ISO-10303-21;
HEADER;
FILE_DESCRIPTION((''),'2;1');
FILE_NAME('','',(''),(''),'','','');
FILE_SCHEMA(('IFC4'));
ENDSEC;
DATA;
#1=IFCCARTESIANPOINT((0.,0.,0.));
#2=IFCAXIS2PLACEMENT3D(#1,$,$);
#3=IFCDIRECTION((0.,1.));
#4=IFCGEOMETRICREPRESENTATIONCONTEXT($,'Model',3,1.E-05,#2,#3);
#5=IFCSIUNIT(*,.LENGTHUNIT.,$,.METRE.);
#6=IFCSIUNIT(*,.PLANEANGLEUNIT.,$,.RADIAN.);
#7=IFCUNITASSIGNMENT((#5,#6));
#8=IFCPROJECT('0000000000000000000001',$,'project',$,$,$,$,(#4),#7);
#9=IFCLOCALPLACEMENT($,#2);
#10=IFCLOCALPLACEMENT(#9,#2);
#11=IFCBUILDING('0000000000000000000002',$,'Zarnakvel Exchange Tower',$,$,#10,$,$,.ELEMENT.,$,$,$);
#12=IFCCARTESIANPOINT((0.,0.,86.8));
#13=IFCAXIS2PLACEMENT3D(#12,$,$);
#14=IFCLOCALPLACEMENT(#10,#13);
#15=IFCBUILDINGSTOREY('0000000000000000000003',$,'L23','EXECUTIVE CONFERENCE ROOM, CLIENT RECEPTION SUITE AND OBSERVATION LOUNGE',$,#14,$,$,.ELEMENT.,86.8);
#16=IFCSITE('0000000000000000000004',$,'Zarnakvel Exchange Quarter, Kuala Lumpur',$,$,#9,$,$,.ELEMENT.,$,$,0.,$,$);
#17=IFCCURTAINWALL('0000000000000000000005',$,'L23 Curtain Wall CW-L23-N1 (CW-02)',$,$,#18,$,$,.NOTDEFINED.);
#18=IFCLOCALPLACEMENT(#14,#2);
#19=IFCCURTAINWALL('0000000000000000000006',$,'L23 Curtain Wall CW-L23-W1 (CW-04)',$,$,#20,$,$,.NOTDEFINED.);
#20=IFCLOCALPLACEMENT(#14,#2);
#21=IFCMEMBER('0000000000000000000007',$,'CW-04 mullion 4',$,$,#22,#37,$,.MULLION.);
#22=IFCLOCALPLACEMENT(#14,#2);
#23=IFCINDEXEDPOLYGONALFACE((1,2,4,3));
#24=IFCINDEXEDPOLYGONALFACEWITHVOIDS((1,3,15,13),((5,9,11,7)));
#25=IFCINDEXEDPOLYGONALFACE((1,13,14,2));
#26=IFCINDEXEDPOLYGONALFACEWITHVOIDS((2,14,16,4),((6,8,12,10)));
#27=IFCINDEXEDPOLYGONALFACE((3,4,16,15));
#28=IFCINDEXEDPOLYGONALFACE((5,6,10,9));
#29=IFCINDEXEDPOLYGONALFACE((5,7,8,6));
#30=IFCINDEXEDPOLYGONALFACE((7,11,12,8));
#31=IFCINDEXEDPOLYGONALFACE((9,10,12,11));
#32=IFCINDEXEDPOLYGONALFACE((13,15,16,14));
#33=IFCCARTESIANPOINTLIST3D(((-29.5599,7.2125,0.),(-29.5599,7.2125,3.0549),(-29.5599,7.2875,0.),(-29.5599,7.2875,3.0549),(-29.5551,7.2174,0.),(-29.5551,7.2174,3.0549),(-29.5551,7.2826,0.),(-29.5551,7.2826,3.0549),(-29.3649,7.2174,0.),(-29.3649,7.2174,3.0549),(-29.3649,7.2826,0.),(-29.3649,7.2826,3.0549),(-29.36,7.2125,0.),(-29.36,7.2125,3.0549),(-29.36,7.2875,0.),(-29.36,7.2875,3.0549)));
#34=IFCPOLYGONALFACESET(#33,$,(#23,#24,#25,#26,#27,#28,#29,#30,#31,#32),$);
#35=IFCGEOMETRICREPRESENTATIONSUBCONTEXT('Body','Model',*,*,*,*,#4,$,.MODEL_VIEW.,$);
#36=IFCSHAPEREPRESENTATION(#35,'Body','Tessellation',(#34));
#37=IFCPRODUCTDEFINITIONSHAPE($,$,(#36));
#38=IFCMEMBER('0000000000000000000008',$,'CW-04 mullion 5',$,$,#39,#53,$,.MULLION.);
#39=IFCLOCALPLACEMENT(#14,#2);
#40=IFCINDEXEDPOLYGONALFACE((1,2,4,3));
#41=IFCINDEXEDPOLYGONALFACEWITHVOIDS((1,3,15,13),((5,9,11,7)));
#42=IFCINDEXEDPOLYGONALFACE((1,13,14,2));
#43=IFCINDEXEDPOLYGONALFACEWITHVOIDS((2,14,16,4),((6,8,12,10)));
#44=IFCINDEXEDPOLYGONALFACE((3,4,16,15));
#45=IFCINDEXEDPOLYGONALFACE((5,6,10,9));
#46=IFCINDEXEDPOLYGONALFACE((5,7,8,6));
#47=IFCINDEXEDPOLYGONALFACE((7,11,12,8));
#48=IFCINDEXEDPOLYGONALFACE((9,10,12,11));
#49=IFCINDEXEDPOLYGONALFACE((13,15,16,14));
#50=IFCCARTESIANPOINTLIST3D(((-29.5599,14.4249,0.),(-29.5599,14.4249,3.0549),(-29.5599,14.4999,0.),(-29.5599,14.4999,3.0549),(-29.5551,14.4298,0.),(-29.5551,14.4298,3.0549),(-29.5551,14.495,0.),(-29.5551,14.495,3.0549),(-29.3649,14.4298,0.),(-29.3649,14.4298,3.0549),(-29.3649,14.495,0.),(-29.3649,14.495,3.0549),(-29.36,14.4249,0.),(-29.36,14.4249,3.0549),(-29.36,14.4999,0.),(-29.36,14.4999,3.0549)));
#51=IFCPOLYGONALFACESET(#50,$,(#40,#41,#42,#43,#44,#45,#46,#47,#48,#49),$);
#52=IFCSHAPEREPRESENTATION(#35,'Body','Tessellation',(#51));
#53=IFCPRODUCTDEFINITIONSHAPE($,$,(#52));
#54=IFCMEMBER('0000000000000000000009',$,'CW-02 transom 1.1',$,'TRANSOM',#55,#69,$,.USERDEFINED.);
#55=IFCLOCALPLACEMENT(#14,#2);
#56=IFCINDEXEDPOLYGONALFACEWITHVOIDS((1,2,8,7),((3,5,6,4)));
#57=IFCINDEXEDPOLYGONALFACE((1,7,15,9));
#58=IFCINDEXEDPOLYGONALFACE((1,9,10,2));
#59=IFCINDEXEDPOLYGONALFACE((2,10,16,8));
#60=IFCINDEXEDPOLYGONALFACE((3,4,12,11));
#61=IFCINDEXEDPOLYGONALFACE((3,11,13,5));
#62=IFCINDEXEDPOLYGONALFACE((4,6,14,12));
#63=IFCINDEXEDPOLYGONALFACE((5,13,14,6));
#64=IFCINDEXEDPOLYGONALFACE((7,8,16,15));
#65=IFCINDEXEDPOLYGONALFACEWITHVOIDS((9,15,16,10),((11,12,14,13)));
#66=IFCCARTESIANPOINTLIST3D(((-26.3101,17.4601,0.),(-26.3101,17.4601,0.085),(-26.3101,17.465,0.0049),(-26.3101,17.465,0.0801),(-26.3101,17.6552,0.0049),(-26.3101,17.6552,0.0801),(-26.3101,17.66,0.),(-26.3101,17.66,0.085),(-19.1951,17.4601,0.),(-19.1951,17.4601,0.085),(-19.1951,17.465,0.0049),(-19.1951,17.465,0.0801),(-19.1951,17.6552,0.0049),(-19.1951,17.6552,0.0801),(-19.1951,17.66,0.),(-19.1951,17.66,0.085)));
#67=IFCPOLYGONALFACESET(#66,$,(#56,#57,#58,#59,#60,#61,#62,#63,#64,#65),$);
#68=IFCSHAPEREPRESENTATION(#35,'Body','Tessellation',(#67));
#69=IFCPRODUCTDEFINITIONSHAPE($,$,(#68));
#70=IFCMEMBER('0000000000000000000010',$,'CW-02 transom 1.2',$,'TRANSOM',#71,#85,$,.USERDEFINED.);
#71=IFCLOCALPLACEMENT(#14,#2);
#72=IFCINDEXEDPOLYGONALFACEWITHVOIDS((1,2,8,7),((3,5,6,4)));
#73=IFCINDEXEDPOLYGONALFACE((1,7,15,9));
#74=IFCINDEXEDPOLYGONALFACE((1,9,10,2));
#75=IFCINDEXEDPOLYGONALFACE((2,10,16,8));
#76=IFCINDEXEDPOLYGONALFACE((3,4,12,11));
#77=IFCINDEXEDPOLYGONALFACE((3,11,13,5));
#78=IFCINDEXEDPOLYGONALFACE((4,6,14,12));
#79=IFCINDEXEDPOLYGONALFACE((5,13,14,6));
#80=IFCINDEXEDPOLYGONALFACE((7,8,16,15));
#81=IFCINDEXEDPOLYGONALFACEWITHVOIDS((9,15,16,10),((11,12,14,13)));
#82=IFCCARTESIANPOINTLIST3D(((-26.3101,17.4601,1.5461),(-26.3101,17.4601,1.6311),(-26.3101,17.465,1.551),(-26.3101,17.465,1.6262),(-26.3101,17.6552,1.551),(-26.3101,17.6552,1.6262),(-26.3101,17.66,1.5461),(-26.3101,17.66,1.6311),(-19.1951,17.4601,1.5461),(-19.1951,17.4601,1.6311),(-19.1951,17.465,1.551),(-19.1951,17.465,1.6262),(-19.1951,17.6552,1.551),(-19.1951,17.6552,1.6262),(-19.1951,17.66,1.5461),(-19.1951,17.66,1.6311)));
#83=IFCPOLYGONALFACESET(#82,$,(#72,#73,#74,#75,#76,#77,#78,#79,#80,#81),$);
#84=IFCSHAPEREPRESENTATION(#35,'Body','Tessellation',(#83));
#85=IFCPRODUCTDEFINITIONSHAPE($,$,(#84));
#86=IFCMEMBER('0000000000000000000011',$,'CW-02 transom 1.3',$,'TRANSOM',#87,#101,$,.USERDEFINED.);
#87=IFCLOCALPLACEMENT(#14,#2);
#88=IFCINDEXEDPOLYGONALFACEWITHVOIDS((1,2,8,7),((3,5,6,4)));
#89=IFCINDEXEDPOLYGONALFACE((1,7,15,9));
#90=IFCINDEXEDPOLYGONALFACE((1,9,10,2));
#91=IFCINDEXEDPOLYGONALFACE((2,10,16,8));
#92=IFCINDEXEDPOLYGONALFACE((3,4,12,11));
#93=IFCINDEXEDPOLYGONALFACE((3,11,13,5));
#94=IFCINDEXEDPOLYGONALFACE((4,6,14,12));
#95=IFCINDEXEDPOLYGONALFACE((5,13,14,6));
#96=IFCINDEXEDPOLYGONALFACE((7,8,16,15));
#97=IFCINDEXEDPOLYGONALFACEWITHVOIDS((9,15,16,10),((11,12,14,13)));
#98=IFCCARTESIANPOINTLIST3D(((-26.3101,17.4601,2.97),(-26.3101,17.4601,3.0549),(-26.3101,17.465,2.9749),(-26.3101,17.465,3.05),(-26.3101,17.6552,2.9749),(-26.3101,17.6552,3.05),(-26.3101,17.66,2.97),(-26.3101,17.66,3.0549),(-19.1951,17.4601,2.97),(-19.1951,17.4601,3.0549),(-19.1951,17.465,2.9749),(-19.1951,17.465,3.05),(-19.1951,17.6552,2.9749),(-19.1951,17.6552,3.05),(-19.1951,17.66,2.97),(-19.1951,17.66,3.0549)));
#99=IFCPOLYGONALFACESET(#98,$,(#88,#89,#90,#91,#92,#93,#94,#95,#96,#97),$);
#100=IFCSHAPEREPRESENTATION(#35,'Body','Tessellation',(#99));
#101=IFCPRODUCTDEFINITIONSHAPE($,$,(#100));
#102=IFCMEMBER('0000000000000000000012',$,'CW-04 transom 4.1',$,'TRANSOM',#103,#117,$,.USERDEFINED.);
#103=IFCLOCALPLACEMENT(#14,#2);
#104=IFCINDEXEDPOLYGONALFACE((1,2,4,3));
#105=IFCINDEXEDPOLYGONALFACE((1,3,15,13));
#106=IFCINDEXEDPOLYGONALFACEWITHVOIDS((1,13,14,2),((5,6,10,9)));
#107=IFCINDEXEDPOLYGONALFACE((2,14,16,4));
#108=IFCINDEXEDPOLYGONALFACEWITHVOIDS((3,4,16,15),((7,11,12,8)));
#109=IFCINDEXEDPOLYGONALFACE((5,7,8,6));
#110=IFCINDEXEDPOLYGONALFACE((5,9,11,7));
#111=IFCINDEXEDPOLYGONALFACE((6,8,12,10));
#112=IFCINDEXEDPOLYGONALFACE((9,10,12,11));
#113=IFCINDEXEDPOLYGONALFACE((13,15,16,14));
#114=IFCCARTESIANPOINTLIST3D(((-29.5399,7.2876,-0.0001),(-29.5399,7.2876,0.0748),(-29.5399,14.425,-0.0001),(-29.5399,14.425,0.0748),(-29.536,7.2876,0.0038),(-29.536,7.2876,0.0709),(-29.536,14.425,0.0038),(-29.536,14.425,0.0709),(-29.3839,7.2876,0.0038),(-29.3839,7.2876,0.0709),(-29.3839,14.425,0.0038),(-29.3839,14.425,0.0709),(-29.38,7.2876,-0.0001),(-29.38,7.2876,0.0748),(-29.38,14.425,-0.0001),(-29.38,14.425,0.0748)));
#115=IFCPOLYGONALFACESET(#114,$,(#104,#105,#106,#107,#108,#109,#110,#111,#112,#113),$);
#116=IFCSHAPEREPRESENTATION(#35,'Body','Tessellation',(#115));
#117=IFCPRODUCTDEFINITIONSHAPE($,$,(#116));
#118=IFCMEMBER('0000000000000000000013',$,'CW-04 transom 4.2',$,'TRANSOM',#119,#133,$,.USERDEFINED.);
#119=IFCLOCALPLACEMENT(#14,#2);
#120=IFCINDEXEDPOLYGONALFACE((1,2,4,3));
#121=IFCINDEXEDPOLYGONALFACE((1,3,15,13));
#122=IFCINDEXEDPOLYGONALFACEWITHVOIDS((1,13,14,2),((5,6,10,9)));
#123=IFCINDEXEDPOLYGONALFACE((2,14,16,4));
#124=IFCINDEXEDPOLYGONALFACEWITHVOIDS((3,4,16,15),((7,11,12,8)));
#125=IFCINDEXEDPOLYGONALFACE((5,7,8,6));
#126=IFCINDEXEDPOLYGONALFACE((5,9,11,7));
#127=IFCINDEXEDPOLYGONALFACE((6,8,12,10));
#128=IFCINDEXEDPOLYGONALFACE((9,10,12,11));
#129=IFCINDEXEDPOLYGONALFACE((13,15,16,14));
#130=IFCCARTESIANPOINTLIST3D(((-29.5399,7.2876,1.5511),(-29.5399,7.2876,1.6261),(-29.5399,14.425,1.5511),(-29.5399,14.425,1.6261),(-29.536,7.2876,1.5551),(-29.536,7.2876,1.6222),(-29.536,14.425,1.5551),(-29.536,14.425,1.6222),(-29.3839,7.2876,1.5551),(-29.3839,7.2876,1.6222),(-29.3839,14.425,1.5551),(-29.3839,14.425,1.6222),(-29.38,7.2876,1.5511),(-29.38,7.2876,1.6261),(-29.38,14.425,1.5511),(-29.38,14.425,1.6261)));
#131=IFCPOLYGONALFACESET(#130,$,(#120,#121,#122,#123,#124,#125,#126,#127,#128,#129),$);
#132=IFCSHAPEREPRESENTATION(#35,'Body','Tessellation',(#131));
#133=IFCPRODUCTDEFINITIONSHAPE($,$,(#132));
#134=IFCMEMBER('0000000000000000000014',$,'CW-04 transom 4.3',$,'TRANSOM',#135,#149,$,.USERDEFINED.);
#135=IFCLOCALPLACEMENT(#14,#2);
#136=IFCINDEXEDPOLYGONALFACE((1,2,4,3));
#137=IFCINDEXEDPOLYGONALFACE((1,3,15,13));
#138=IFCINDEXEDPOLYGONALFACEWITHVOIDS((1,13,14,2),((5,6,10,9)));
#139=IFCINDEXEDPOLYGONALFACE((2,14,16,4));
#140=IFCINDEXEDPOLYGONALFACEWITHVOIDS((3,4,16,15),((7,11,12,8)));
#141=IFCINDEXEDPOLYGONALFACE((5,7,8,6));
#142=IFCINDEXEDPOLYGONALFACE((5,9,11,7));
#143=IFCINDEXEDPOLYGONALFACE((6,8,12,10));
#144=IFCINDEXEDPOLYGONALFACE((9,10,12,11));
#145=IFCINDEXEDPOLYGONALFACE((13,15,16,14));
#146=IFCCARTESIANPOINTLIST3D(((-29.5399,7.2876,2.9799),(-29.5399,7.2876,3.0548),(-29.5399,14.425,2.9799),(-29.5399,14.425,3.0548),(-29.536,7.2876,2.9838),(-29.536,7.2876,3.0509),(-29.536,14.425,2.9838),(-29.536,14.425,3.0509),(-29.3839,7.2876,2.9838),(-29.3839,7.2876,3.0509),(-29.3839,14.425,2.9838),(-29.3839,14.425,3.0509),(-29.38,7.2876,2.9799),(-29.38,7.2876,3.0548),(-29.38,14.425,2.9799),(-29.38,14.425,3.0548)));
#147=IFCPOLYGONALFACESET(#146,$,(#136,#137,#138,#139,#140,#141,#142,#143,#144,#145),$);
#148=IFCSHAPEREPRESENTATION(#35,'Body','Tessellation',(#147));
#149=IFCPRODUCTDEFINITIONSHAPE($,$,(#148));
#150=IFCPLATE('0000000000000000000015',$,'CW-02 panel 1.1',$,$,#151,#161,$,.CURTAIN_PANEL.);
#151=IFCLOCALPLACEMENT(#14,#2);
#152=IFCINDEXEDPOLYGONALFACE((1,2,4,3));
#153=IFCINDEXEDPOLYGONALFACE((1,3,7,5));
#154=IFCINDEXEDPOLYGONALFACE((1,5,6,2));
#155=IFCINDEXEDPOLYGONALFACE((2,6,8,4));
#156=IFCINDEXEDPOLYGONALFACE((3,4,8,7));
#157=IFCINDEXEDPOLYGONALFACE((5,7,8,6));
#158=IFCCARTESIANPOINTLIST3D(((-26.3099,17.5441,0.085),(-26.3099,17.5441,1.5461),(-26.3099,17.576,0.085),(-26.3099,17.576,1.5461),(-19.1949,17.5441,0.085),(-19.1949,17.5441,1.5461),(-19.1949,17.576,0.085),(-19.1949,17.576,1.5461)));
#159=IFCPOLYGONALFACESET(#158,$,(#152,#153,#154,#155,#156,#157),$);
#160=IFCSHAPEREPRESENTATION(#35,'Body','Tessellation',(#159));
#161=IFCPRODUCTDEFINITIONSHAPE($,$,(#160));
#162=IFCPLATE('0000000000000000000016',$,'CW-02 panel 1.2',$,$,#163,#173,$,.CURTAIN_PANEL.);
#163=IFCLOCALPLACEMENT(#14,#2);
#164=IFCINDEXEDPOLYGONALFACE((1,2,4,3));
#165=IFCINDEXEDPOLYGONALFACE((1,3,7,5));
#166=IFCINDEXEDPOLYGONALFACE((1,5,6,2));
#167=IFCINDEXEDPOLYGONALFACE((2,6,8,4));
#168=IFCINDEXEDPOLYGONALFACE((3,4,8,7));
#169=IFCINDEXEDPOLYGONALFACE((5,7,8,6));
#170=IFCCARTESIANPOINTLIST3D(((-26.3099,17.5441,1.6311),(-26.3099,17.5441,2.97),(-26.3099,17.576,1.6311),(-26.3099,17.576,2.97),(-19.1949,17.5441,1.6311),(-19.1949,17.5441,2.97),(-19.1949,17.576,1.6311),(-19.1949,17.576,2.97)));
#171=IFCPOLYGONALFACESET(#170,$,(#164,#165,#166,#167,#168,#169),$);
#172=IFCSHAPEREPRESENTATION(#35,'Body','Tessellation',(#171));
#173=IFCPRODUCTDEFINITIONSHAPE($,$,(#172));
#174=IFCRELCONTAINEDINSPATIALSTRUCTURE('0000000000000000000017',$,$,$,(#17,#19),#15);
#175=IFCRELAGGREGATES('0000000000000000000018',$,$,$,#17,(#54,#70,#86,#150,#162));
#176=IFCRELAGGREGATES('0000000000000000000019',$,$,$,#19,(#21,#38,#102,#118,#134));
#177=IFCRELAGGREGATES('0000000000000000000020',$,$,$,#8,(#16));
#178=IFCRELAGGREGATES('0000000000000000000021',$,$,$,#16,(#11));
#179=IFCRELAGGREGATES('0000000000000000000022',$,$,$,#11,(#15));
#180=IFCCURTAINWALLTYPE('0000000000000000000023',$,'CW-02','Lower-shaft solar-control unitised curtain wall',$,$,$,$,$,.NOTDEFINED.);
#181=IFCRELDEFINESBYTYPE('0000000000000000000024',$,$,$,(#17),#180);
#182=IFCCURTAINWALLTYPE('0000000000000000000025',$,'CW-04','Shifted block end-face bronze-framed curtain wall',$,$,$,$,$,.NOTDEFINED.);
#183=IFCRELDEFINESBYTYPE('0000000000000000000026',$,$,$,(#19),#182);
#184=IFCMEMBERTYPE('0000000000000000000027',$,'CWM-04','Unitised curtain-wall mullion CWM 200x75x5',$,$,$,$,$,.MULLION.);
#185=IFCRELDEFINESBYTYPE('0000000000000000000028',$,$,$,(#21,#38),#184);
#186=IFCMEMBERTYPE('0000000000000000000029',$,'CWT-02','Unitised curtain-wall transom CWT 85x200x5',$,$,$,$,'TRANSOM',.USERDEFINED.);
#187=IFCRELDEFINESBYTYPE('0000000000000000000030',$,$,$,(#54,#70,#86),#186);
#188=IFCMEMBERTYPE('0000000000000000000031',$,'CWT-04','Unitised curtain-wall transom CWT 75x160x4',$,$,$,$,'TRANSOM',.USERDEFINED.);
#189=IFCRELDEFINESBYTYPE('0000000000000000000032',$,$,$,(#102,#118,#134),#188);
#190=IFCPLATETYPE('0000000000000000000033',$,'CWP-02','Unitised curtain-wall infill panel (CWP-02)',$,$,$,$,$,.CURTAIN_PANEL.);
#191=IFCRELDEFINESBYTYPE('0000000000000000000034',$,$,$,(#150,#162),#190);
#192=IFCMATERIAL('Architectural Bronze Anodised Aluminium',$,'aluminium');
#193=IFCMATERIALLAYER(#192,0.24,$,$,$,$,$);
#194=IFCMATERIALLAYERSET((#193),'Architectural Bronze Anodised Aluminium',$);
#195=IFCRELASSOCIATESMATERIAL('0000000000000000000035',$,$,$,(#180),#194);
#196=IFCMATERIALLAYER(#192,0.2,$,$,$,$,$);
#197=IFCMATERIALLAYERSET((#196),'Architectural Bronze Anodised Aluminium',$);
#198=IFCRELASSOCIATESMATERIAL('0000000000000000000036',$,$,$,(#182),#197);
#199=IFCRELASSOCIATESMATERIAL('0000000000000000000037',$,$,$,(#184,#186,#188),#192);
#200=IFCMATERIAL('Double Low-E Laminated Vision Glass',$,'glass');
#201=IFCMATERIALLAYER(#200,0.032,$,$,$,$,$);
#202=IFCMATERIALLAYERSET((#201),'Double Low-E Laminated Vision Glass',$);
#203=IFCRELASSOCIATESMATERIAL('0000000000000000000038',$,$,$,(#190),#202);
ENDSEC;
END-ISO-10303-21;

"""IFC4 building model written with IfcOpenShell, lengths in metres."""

from ifc_helpers import new_model, si_unit, direction, frame, origin, origin_2d, place, context, subcontext, project, spatial, rectangle, hollow_rectangle, extrude, source, transform, mapped, material, layer, layer_set, material_profile, profile_set, type_object, element, aggregate, save


model = new_model("IFC4")

# Units and contexts
model_context = context("Model", 3, precision=1e-05, world=origin(), true_north=direction((0.0, 1.0)))
body_context = subcontext(model_context, "Body", "Model", "MODEL_VIEW")
ifc_project = project(units=[si_unit("LENGTHUNIT", "METRE"), si_unit("PLANEANGLEUNIT", "RADIAN")], contexts=[model_context])

# Site, building, storey
site_placement = place(None, origin())
site = spatial("IfcSite", under=ifc_project, at=site_placement, Name="Zarnakvel Exchange Quarter, Kuala Lumpur", CompositionType="ELEMENT", RefElevation=0.0)
building_placement = place(site_placement, origin())
building = spatial("IfcBuilding", under=site, at=building_placement, Name="Zarnakvel Exchange Tower", CompositionType="ELEMENT")
storey_placement = place(building_placement, frame((0.0, 0.0, 86.8)))
storey = spatial("IfcBuildingStorey", under=building, at=storey_placement, Name="L23", Description="EXECUTIVE CONFERENCE ROOM, CLIENT RECEPTION SUITE AND OBSERVATION LOUNGE", CompositionType="ELEMENT", Elevation=86.8)

# Curtain wall
ifc_material_1 = material(Name="Architectural Bronze Anodised Aluminium", Category="aluminium")
ifc_layer_1 = layer(ifc_material_1, 0.24)
ifc_layer_set_1 = layer_set([ifc_layer_1], Name="Architectural Bronze Anodised Aluminium")
curtain_wall_type_1 = type_object("IfcCurtainWallType", Name="CW-02", Description="Lower-shaft solar-control unitised curtain wall", PredefinedType="NOTDEFINED", material=ifc_layer_set_1)
curtain_wall_1_placement = place(storey_placement, origin())
curtain_wall_1 = element("IfcCurtainWall", 1, at=curtain_wall_1_placement, inside=storey, type_object=curtain_wall_type_1, Name="L23 Curtain Wall CW-L23-N1 (CW-02)", PredefinedType="NOTDEFINED")

# Curtain wall, members
ifc_layer_2 = layer(ifc_material_1, 0.2)
ifc_layer_set_2 = layer_set([ifc_layer_2], Name="Architectural Bronze Anodised Aluminium")
curtain_wall_type_2 = type_object("IfcCurtainWallType", Name="CW-04", Description="Shifted block end-face bronze-framed curtain wall", PredefinedType="NOTDEFINED", material=ifc_layer_set_2)
curtain_wall_2_placement = place(storey_placement, origin())
curtain_wall_2 = element("IfcCurtainWall", 2, at=curtain_wall_2_placement, inside=storey, type_object=curtain_wall_type_2, Name="L23 Curtain Wall CW-L23-W1 (CW-04)", PredefinedType="NOTDEFINED")
ifc_material_profile_1 = material_profile(ifc_material_1, hollow_rectangle(XDim=0.2, YDim=0.075, WallThickness=0.0049, at=origin_2d()))
ifc_profile_set_1 = profile_set([ifc_material_profile_1], Name="Architectural Bronze Anodised Aluminium")
member_type_1 = type_object("IfcMemberType", Name="CWM-04", Description="Unitised curtain-wall mullion CWM 200x75x5", PredefinedType="MULLION", material=ifc_profile_set_1)
shared_shape_1 = source(origin(), body_context, "Body", "SweptSolid", [
    extrude(hollow_rectangle(XDim=0.2, YDim=0.075, WallThickness=0.0049, at=origin_2d()), origin(), (0.0, 0.0, 1.0), 3.0549),
])
member_1_placement = place(storey_placement, frame((-29.46, 7.25, 0.0), z_axis=(0.0, 0.0, 1.0), x_axis=(-1.0, 0.0, 0.0)))
member_1 = element("IfcMember", 3, at=member_1_placement, type_object=member_type_1, Name="CW-04 mullion 4", PredefinedType="MULLION", context=body_context, shape_type="MappedRepresentation", body=[
    mapped(shared_shape_1, transform((0.0, 0.0, 0.0), x_axis=(1.0, 0.0, 0.0), y_axis=(0.0, 1.0, 0.0), z_axis=(0.0, 0.0, 1.0), scale=1.0)),
])
member_2_placement = place(storey_placement, frame((-29.46, 14.4624, 0.0), z_axis=(0.0, 0.0, 1.0), x_axis=(-1.0, 0.0, 0.0)))
member_2 = element("IfcMember", 4, at=member_2_placement, type_object=member_type_1, Name="CW-04 mullion 5", PredefinedType="MULLION", context=body_context, shape_type="MappedRepresentation", body=[
    mapped(shared_shape_1, transform((0.0, 0.0, 0.0), x_axis=(1.0, 0.0, 0.0), y_axis=(0.0, 1.0, 0.0), z_axis=(0.0, 0.0, 1.0), scale=1.0)),
])

# Members
ifc_material_profile_2 = material_profile(ifc_material_1, hollow_rectangle(XDim=0.2, YDim=0.085, WallThickness=0.0049, at=origin_2d()))
ifc_profile_set_2 = profile_set([ifc_material_profile_2], Name="Architectural Bronze Anodised Aluminium")
member_type_2 = type_object("IfcMemberType", Name="CWT-02", Description="Unitised curtain-wall transom CWT 85x200x5", ElementType="TRANSOM", PredefinedType="USERDEFINED", material=ifc_profile_set_2)
shared_shape_2 = source(origin(), body_context, "Body", "SweptSolid", [
    extrude(hollow_rectangle(XDim=0.2, YDim=0.085, WallThickness=0.0049, at=origin_2d()), origin(), (0.0, 0.0, 1.0), 7.115),
])
member_3_placement = place(storey_placement, frame((-26.3101, 17.5601, 0.0425), z_axis=(1.0, 0.0, 0.0), x_axis=(0.0, 1.0, 0.0)))
member_3 = element("IfcMember", 5, at=member_3_placement, type_object=member_type_2, Name="CW-02 transom 1.1", ObjectType="TRANSOM", PredefinedType="USERDEFINED", context=body_context, shape_type="MappedRepresentation", body=[
    mapped(shared_shape_2, transform((0.0, 0.0, 0.0), x_axis=(1.0, 0.0, 0.0), y_axis=(0.0, 1.0, 0.0), z_axis=(0.0, 0.0, 1.0), scale=1.0)),
])
member_4_placement = place(storey_placement, frame((-26.3101, 17.5601, 1.5886), z_axis=(1.0, 0.0, 0.0), x_axis=(0.0, 1.0, 0.0)))
member_4 = element("IfcMember", 6, at=member_4_placement, type_object=member_type_2, Name="CW-02 transom 1.2", ObjectType="TRANSOM", PredefinedType="USERDEFINED", context=body_context, shape_type="MappedRepresentation", body=[
    mapped(shared_shape_2, transform((0.0, 0.0, 0.0), x_axis=(1.0, 0.0, 0.0), y_axis=(0.0, 1.0, 0.0), z_axis=(0.0, 0.0, 1.0), scale=1.0)),
])
member_5_placement = place(storey_placement, frame((-26.3101, 17.5601, 3.0125), z_axis=(1.0, 0.0, 0.0), x_axis=(0.0, 1.0, 0.0)))
member_5 = element("IfcMember", 7, at=member_5_placement, type_object=member_type_2, Name="CW-02 transom 1.3", ObjectType="TRANSOM", PredefinedType="USERDEFINED", context=body_context, shape_type="MappedRepresentation", body=[
    mapped(shared_shape_2, transform((0.0, 0.0, 0.0), x_axis=(1.0, 0.0, 0.0), y_axis=(0.0, 1.0, 0.0), z_axis=(0.0, 0.0, 1.0), scale=1.0)),
])
ifc_material_profile_3 = material_profile(ifc_material_1, hollow_rectangle(XDim=0.1599, YDim=0.075, WallThickness=0.0039, at=origin_2d()))
ifc_profile_set_3 = profile_set([ifc_material_profile_3], Name="Architectural Bronze Anodised Aluminium")
member_type_3 = type_object("IfcMemberType", Name="CWT-04", Description="Unitised curtain-wall transom CWT 75x160x4", ElementType="TRANSOM", PredefinedType="USERDEFINED", material=ifc_profile_set_3)
shared_shape_3 = source(origin(), body_context, "Body", "SweptSolid", [
    extrude(hollow_rectangle(XDim=0.1599, YDim=0.075, WallThickness=0.0039, at=origin_2d()), origin(), (0.0, 0.0, 1.0), 7.1375),
])
member_6_placement = place(storey_placement, frame((-29.46, 7.2876, 0.0374), z_axis=(0.0, 1.0, 0.0), x_axis=(-1.0, 0.0, 0.0)))
member_6 = element("IfcMember", 8, at=member_6_placement, type_object=member_type_3, Name="CW-04 transom 4.1", ObjectType="TRANSOM", PredefinedType="USERDEFINED", context=body_context, shape_type="MappedRepresentation", body=[
    mapped(shared_shape_3, transform((0.0, 0.0, 0.0), x_axis=(1.0, 0.0, 0.0), y_axis=(0.0, 1.0, 0.0), z_axis=(0.0, 0.0, 1.0), scale=1.0)),
])
member_7_placement = place(storey_placement, frame((-29.46, 7.2876, 1.5886), z_axis=(0.0, 1.0, 0.0), x_axis=(-1.0, 0.0, 0.0)))
member_7 = element("IfcMember", 9, at=member_7_placement, type_object=member_type_3, Name="CW-04 transom 4.2", ObjectType="TRANSOM", PredefinedType="USERDEFINED", context=body_context, shape_type="MappedRepresentation", body=[
    mapped(shared_shape_3, transform((0.0, 0.0, 0.0), x_axis=(1.0, 0.0, 0.0), y_axis=(0.0, 1.0, 0.0), z_axis=(0.0, 0.0, 1.0), scale=1.0)),
])
member_8_placement = place(storey_placement, frame((-29.46, 7.2876, 3.0173), z_axis=(0.0, 1.0, 0.0), x_axis=(-1.0, 0.0, 0.0)))
member_8 = element("IfcMember", 10, at=member_8_placement, type_object=member_type_3, Name="CW-04 transom 4.3", ObjectType="TRANSOM", PredefinedType="USERDEFINED", context=body_context, shape_type="MappedRepresentation", body=[
    mapped(shared_shape_3, transform((0.0, 0.0, 0.0), x_axis=(1.0, 0.0, 0.0), y_axis=(0.0, 1.0, 0.0), z_axis=(0.0, 0.0, 1.0), scale=1.0)),
])

# Plates
ifc_material_2 = material(Name="Double Low-E Laminated Vision Glass", Category="glass")
ifc_layer_3 = layer(ifc_material_2, 0.032)
ifc_layer_set_3 = layer_set([ifc_layer_3], Name="Double Low-E Laminated Vision Glass")
plate_type_1 = type_object("IfcPlateType", Name="CWP-02", Description="Unitised curtain-wall infill panel (CWP-02)", PredefinedType="CURTAIN_PANEL", material=ifc_layer_set_3)
shared_shape_4 = source(origin(), body_context, "Body", "SweptSolid", [
    extrude(rectangle(XDim=7.115, YDim=0.032, at=origin_2d()), origin(), (0.0, 0.0, 1.0), 1.4612),
])
plate_1_placement = place(storey_placement, frame((-22.7524, 17.5601, 0.085), z_axis=(0.0, 0.0, 1.0), x_axis=(1.0, 0.0, 0.0)))
plate_1 = element("IfcPlate", 11, at=plate_1_placement, type_object=plate_type_1, Name="CW-02 panel 1.1", PredefinedType="CURTAIN_PANEL", context=body_context, shape_type="MappedRepresentation", body=[
    mapped(shared_shape_4, transform((0.0, 0.0, 0.0), x_axis=(1.0, 0.0, 0.0), y_axis=(0.0, 1.0, 0.0), z_axis=(0.0, 0.0, 1.0), scale=1.0)),
])
shared_shape_5 = source(origin(), body_context, "Body", "SweptSolid", [
    extrude(rectangle(XDim=7.115, YDim=0.032, at=origin_2d()), origin(), (0.0, 0.0, 1.0), 1.3389),
])
plate_2_placement = place(storey_placement, frame((-22.7524, 17.5601, 1.6311), z_axis=(0.0, 0.0, 1.0), x_axis=(1.0, 0.0, 0.0)))
plate_2 = element("IfcPlate", 12, at=plate_2_placement, type_object=plate_type_1, Name="CW-02 panel 1.2", PredefinedType="CURTAIN_PANEL", context=body_context, shape_type="MappedRepresentation", body=[
    mapped(shared_shape_5, transform((0.0, 0.0, 0.0), x_axis=(1.0, 0.0, 0.0), y_axis=(0.0, 1.0, 0.0), z_axis=(0.0, 0.0, 1.0), scale=1.0)),
])
aggregate(curtain_wall_1, [member_3, member_4, member_5, plate_1, plate_2])
aggregate(curtain_wall_2, [member_1, member_2, member_6, member_7, member_8])

save(model, "model.ifc")
